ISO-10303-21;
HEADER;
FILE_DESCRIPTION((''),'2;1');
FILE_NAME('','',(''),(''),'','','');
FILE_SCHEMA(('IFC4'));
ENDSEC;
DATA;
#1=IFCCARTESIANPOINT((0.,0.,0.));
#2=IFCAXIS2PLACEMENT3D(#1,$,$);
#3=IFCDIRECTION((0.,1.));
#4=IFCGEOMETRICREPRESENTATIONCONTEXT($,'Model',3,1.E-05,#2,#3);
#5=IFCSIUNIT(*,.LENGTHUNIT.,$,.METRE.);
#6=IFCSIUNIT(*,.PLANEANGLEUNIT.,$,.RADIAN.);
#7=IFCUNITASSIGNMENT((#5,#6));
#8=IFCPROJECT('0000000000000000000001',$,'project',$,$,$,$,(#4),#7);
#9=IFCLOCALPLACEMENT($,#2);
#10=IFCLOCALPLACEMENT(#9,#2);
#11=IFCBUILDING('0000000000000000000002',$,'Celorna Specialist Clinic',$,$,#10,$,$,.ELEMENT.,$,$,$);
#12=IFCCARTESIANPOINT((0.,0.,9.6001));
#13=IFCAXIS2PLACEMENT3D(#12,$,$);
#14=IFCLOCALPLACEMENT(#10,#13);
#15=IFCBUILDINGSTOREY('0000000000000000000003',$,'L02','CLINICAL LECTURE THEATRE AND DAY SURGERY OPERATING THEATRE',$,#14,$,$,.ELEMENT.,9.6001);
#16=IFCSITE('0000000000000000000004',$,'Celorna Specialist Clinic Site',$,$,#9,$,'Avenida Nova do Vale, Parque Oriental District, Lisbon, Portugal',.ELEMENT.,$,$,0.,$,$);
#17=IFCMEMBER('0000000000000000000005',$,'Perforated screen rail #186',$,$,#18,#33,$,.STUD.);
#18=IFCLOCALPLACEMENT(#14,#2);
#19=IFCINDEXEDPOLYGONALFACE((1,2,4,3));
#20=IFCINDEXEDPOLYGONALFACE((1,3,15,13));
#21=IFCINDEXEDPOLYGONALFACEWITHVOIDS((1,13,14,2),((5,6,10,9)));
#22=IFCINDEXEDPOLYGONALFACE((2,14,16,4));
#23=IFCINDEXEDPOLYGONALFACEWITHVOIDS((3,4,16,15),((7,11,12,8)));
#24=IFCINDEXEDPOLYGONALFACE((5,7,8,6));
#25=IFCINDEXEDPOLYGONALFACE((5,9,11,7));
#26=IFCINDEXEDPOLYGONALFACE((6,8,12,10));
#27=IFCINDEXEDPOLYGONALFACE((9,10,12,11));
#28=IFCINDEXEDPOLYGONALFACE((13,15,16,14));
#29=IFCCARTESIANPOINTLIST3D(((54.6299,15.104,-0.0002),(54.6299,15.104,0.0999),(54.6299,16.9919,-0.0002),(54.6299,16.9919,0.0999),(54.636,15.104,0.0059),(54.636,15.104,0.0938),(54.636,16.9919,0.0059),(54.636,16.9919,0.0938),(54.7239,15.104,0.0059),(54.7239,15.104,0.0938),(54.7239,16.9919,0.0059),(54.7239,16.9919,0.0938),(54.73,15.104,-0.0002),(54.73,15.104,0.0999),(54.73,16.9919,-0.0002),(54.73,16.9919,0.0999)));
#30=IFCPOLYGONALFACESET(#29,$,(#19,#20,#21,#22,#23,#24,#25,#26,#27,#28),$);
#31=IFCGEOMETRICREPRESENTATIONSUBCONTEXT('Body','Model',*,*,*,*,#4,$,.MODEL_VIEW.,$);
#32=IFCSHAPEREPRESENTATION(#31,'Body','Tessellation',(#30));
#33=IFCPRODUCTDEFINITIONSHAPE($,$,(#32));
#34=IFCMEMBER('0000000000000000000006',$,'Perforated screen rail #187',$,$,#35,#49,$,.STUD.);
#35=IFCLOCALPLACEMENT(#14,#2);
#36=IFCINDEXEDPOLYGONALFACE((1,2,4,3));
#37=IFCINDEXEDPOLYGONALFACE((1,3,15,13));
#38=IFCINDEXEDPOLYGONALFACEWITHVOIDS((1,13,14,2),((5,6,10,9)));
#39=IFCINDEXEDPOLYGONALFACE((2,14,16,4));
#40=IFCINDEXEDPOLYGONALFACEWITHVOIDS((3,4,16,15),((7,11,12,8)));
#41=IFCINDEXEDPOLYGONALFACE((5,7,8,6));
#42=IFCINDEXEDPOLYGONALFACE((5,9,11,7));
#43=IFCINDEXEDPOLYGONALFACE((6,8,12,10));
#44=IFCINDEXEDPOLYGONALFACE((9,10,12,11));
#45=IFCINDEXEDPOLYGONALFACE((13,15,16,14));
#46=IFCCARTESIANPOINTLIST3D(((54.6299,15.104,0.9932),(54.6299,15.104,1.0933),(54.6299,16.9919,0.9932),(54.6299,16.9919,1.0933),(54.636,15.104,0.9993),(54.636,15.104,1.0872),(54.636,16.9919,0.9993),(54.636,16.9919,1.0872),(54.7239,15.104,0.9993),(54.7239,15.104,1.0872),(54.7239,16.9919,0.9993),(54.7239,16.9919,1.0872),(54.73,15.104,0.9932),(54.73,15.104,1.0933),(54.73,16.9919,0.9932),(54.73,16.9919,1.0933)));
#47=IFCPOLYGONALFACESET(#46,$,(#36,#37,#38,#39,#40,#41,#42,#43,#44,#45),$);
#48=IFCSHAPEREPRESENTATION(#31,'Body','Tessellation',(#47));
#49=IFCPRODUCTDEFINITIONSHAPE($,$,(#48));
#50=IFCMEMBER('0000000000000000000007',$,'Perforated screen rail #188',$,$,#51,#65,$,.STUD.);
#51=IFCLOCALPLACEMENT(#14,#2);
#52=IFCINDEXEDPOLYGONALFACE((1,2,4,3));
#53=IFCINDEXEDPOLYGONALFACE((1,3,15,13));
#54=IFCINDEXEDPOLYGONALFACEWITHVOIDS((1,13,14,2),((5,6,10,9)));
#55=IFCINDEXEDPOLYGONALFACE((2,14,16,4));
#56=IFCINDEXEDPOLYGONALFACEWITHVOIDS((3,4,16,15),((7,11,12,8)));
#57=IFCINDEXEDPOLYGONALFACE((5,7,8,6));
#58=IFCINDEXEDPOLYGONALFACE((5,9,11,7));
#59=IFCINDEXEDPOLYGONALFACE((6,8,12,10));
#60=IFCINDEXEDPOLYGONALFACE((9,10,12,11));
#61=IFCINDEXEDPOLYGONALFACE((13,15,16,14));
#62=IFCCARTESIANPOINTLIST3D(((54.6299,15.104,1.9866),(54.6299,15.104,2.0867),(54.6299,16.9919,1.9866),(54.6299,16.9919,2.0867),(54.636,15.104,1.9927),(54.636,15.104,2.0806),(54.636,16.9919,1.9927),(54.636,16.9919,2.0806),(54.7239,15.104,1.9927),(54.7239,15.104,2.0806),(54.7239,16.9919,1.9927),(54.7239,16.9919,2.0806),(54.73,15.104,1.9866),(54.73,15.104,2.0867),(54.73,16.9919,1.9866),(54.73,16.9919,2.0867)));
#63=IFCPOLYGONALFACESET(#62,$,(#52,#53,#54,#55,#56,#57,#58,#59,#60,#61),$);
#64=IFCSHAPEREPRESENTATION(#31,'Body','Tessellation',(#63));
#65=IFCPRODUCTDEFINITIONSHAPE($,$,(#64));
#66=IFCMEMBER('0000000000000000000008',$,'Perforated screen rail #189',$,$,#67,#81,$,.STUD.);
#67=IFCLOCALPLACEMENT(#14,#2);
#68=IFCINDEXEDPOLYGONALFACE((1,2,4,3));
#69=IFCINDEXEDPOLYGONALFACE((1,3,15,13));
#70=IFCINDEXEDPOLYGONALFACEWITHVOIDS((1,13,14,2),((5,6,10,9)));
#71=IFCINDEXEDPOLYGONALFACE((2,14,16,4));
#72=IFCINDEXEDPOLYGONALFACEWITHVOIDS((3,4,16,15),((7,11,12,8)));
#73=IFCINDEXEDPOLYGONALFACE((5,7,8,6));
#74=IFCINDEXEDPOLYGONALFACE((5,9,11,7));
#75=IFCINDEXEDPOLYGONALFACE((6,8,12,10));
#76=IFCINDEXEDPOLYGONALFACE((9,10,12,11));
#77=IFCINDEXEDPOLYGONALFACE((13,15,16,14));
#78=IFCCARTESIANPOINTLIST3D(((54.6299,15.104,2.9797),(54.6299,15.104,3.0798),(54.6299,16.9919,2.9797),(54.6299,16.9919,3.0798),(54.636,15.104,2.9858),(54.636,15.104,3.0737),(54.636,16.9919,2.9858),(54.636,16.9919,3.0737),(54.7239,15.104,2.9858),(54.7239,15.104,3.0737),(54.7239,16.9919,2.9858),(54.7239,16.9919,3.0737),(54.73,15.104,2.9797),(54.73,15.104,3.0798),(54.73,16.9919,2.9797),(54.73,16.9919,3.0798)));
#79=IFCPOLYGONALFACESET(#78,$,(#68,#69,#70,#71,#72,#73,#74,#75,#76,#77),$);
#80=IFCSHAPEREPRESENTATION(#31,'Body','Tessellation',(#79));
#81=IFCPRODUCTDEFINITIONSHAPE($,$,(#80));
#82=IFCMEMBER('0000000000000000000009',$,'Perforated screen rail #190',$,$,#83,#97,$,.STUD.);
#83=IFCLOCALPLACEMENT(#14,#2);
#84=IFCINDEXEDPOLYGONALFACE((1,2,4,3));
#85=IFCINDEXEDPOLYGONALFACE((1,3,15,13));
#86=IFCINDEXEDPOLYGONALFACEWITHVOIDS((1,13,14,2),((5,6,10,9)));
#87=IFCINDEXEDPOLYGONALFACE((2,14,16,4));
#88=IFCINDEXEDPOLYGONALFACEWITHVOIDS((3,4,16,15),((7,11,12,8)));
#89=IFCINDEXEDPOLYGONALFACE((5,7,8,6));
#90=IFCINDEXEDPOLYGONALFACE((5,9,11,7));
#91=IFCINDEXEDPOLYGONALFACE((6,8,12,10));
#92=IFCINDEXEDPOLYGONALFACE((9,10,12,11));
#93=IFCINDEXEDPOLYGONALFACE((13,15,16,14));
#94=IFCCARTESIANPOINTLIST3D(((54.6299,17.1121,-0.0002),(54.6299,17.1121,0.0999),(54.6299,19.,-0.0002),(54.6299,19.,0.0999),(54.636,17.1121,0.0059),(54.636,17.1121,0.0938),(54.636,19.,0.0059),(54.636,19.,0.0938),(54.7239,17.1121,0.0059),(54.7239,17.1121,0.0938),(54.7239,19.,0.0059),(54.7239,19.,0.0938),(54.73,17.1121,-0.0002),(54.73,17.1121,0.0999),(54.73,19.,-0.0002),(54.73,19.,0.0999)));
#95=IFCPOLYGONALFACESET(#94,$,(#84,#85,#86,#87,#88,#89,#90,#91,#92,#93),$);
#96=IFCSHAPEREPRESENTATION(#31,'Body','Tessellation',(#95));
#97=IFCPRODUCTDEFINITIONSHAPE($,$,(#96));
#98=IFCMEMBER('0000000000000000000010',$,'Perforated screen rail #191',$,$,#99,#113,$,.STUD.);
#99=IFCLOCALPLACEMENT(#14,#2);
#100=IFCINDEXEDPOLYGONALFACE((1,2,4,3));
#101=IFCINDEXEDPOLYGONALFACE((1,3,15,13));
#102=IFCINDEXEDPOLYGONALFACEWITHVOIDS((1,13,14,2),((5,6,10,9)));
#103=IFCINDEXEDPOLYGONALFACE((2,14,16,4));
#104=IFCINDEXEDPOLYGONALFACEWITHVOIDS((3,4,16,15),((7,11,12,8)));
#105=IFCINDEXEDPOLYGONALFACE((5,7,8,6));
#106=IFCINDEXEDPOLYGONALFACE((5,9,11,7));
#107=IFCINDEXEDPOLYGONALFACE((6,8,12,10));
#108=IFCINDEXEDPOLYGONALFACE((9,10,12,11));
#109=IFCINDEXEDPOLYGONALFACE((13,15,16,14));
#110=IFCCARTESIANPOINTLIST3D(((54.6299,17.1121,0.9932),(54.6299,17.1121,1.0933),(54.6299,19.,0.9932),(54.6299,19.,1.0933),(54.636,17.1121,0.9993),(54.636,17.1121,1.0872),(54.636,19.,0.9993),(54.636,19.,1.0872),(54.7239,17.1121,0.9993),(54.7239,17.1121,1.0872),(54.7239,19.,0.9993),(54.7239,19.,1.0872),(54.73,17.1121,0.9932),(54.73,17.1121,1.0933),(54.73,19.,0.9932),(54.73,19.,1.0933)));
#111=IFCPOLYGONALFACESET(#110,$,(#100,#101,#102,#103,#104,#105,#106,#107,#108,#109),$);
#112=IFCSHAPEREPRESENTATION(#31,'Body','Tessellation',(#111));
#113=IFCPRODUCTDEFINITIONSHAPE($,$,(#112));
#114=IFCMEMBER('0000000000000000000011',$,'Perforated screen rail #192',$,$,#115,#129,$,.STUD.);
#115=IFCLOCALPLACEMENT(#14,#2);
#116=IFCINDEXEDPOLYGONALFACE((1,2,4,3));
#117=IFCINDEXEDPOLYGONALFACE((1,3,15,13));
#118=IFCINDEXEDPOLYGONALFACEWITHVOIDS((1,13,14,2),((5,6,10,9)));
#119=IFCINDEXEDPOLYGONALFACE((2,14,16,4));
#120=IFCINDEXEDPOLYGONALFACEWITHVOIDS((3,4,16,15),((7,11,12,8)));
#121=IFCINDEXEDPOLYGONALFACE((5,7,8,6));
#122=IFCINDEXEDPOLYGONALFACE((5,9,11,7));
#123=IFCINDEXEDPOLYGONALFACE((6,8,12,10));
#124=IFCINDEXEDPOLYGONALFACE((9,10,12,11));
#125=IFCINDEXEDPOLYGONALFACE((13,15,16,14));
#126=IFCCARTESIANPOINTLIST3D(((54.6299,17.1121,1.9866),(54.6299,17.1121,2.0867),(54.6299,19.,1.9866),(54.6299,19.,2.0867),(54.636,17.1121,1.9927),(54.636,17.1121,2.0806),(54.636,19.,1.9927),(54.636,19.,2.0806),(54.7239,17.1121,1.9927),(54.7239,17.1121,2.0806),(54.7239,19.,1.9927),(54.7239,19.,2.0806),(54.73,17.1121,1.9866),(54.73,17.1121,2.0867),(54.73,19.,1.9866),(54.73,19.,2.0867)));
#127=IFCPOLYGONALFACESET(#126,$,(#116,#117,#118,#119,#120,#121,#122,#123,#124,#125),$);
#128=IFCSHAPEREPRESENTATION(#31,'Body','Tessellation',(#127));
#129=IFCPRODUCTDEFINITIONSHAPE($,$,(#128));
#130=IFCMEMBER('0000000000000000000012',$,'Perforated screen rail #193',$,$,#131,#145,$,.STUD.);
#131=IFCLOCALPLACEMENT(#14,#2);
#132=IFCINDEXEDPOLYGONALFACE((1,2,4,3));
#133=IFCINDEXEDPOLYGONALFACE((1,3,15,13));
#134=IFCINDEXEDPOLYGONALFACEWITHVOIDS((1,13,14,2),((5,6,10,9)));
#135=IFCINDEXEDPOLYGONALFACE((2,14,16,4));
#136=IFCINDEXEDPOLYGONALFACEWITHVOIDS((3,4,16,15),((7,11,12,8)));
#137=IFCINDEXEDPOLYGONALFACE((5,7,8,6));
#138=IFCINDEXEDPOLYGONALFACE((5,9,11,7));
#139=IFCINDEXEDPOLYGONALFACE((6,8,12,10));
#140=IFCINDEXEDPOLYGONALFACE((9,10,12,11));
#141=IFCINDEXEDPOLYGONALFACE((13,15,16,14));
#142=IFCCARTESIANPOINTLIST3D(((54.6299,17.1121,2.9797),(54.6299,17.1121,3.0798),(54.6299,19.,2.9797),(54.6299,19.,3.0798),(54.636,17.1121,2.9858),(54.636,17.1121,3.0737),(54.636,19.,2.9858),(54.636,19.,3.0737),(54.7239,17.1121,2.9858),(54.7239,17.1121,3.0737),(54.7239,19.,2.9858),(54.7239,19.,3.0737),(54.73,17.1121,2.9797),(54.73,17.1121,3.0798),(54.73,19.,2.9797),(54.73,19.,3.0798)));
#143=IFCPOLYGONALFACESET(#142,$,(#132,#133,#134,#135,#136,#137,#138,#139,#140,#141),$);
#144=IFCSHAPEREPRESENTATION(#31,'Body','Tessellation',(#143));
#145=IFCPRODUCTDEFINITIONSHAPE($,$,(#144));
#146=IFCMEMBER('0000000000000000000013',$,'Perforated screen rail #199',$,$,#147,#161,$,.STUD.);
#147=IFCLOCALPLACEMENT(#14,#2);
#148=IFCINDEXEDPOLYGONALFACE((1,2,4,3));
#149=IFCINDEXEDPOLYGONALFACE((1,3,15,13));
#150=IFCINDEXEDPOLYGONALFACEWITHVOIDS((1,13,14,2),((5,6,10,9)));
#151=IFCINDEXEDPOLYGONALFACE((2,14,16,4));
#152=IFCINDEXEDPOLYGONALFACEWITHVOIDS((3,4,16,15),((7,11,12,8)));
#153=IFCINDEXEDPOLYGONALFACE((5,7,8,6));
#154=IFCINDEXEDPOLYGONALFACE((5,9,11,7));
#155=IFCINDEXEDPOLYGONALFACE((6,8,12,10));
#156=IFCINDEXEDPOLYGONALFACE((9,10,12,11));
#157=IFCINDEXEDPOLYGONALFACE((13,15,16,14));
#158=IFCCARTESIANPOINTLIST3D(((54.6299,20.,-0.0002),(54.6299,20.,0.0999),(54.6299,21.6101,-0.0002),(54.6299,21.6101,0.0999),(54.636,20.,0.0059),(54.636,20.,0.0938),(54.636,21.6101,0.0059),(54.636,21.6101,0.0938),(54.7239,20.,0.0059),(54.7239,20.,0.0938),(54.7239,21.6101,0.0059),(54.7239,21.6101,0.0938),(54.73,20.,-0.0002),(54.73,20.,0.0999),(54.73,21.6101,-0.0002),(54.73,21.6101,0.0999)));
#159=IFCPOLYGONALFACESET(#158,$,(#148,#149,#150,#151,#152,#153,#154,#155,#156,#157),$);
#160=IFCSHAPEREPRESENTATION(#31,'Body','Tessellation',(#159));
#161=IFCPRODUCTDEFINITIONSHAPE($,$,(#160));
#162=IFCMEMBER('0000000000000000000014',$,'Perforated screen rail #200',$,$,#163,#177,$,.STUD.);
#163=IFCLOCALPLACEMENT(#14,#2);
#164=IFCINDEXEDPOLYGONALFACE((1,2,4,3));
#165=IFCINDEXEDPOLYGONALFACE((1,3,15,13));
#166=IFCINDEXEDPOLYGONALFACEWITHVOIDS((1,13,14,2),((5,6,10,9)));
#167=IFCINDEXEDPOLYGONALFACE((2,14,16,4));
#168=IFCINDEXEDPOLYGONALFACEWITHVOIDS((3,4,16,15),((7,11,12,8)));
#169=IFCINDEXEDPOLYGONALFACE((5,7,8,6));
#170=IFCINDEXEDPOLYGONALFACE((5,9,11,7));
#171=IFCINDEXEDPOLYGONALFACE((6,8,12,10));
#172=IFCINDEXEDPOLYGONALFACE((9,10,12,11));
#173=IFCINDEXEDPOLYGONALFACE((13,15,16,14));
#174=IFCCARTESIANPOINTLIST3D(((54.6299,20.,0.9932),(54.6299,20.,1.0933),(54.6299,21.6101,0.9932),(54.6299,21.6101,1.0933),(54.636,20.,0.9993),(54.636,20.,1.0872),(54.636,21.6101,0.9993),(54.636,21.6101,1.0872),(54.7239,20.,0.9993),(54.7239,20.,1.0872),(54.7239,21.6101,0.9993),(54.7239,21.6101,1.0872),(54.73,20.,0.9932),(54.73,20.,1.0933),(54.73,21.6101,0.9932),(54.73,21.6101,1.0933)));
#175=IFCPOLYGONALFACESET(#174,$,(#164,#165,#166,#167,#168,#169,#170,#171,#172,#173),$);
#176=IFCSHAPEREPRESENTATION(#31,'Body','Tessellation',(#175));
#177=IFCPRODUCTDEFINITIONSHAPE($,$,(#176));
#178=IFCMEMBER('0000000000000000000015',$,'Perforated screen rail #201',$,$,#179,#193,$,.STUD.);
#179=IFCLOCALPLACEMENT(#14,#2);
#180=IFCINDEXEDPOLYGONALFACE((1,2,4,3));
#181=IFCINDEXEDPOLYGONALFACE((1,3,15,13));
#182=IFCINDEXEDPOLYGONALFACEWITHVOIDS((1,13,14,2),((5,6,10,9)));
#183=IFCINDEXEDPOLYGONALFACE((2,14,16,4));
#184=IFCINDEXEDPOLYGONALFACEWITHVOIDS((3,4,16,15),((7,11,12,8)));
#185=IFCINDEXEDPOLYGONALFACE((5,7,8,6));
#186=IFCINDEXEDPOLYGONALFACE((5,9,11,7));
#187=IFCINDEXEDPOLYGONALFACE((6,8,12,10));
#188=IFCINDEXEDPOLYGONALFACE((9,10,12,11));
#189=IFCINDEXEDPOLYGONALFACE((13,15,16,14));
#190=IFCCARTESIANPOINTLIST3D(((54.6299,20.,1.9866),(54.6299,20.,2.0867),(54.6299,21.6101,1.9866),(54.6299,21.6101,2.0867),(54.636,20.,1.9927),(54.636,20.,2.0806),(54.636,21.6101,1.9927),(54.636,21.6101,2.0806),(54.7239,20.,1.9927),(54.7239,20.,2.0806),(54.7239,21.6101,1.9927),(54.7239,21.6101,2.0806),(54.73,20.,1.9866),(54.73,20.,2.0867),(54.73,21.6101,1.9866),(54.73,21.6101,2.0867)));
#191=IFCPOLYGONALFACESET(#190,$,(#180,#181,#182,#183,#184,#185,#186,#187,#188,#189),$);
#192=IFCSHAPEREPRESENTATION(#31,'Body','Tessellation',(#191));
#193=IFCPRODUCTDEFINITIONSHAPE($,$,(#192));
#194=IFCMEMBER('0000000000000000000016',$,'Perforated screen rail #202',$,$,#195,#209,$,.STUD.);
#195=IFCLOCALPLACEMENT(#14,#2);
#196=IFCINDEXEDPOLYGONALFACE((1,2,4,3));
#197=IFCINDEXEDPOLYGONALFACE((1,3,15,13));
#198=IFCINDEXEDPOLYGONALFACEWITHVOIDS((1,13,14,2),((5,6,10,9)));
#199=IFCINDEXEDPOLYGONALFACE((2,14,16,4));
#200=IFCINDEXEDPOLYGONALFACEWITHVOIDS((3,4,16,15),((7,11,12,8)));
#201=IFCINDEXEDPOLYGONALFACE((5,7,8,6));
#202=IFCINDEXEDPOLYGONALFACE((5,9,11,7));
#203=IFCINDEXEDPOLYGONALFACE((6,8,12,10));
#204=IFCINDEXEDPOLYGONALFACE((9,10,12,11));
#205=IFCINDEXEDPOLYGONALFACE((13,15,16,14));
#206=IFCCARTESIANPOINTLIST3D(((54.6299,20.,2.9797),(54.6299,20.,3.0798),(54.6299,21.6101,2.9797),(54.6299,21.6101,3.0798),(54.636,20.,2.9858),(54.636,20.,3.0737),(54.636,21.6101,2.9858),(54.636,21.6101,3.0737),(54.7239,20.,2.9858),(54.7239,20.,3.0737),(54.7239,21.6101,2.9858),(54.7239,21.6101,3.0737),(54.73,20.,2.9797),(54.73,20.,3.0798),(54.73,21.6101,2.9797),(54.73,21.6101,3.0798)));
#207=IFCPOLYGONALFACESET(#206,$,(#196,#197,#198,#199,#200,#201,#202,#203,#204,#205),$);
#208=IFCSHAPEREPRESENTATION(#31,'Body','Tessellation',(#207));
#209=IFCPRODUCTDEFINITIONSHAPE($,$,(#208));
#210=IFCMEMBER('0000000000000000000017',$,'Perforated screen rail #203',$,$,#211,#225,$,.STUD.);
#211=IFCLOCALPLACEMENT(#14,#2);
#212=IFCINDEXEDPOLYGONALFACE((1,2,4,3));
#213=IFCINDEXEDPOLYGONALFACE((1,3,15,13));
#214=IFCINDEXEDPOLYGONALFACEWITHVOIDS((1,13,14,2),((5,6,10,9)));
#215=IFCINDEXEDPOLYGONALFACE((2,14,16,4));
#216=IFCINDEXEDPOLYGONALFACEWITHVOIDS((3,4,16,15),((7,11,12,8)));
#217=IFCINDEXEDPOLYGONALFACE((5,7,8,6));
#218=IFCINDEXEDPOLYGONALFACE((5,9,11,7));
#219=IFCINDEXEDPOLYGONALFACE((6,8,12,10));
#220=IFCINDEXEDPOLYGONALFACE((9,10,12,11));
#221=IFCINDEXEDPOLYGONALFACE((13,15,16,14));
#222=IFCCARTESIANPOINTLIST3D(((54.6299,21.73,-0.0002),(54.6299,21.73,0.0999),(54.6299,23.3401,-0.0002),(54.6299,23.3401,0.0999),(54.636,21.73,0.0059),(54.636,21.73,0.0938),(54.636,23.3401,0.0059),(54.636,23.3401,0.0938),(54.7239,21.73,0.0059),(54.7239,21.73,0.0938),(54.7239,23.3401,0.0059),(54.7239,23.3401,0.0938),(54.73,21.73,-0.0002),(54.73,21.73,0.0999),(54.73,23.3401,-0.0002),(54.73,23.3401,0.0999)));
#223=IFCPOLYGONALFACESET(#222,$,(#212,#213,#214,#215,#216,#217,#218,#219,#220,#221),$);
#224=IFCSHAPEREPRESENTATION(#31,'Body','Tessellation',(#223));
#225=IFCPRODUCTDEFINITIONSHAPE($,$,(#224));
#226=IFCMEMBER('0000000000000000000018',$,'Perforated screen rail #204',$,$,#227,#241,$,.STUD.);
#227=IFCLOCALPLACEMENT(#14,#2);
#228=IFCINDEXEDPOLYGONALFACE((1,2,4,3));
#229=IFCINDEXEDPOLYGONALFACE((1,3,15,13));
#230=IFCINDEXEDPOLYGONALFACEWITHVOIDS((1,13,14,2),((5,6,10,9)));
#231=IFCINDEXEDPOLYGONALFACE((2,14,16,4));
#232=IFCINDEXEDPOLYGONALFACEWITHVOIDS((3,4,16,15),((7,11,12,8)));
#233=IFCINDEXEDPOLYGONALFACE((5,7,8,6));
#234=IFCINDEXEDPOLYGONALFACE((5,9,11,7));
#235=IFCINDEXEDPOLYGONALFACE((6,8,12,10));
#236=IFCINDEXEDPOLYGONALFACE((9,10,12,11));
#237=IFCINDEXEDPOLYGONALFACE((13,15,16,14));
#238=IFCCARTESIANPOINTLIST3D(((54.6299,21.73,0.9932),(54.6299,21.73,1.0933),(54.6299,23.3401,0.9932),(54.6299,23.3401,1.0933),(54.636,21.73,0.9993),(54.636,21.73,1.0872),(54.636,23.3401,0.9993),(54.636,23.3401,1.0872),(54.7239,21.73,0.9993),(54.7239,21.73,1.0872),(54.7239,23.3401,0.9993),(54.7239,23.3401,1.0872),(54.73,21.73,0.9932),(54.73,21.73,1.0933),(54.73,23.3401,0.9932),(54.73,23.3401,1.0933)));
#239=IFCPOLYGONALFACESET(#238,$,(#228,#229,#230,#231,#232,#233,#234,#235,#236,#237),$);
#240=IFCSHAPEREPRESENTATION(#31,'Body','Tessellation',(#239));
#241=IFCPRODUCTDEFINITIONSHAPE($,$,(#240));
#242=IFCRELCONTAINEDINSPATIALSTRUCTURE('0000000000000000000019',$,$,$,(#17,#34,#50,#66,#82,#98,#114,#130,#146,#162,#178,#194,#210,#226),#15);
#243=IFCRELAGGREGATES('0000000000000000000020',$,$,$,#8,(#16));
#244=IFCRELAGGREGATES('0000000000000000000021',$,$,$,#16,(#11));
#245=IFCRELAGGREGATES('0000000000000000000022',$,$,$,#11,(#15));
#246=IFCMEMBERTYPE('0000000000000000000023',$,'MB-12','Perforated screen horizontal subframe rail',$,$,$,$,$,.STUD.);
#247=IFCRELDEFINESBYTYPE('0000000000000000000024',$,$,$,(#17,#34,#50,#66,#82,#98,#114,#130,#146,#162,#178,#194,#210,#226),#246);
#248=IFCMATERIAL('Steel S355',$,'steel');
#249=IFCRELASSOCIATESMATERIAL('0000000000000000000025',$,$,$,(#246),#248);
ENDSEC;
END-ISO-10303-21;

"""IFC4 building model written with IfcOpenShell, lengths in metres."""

from ifc_helpers import new_model, si_unit, direction, frame, origin, origin_2d, place, context, subcontext, project, spatial, hollow_rectangle, extrude, material, material_profile, profile_set, type_object, element, save


model = new_model("IFC4")

# Units and contexts
model_context = context("Model", 3, precision=1e-05, world=origin(), true_north=direction((0.0, 1.0)))
body_context = subcontext(model_context, "Body", "Model", "MODEL_VIEW")
ifc_project = project(units=[si_unit("LENGTHUNIT", "METRE"), si_unit("PLANEANGLEUNIT", "RADIAN")], contexts=[model_context])

# Site, building, storey
site_placement = place(None, origin())
site = spatial("IfcSite", under=ifc_project, at=site_placement, Name="Celorna Specialist Clinic Site", LongName="Avenida Nova do Vale, Parque Oriental District, Lisbon, Portugal", CompositionType="ELEMENT", RefElevation=0.0)
building_placement = place(site_placement, origin())
building = spatial("IfcBuilding", under=site, at=building_placement, Name="Celorna Specialist Clinic", CompositionType="ELEMENT")
storey_placement = place(building_placement, frame((0.0, 0.0, 9.6001)))
storey = spatial("IfcBuildingStorey", under=building, at=storey_placement, Name="L02", Description="CLINICAL LECTURE THEATRE AND DAY SURGERY OPERATING THEATRE", CompositionType="ELEMENT", Elevation=9.6001)

# Shared definitions
ifc_material_1 = material(Name="Steel S355", Category="steel")

# Members
ifc_material_profile_1 = material_profile(ifc_material_1, hollow_rectangle(XDim=0.1001, YDim=0.1001, WallThickness=0.0061, at=origin_2d()), Name="SHS 100x100x6")
ifc_profile_set_1 = profile_set([ifc_material_profile_1], Name="Steel S355")
member_type_1 = type_object("IfcMemberType", Name="MB-12", Description="Perforated screen horizontal subframe rail", PredefinedType="STUD", material=ifc_profile_set_1)
for number, where, z_axis, x_axis, name in (
    (1, (54.6799, 15.104, 0.0498), (0.0, 1.0, 0.0), (-1.0, 0.0, 0.0), "Perforated screen rail #186"),
    (2, (54.6799, 15.104, 1.0432), (0.0, 1.0, 0.0), (-1.0, 0.0, 0.0), "Perforated screen rail #187"),
    (3, (54.6799, 15.104, 2.0366), (0.0, 1.0, 0.0), (-1.0, 0.0, 0.0), "Perforated screen rail #188"),
    (4, (54.6799, 15.104, 3.0298), (0.0, 1.0, 0.0), (-1.0, 0.0, 0.0), "Perforated screen rail #189"),
    (5, (54.6799, 17.1121, 0.0498), (0.0, 1.0, 0.0), (-1.0, 0.0, 0.0), "Perforated screen rail #190"),
    (6, (54.6799, 17.1121, 1.0432), (0.0, 1.0, 0.0), (-1.0, 0.0, 0.0), "Perforated screen rail #191"),
    (7, (54.6799, 17.1121, 2.0366), (0.0, 1.0, 0.0), (-1.0, 0.0, 0.0), "Perforated screen rail #192"),
    (8, (54.6799, 17.1121, 3.0298), (0.0, 1.0, 0.0), (-1.0, 0.0, 0.0), "Perforated screen rail #193"),
):
    element("IfcMember", number, at=place(storey_placement, frame(where, z_axis=z_axis, x_axis=x_axis)), inside=storey, type_object=member_type_1, Name=name, PredefinedType="STUD", context=body_context, shape_type="SweptSolid", body=[
        extrude(hollow_rectangle(XDim=0.1001, YDim=0.1001, WallThickness=0.0061, at=origin_2d()), origin(), (0.0, 0.0, 1.0), 1.8879),
    ])
for number, where, z_axis, x_axis, name in (
    (9, (54.6799, 20.0, 0.0498), (0.0, 1.0, 0.0), (-1.0, 0.0, 0.0), "Perforated screen rail #199"),
    (10, (54.6799, 20.0, 1.0432), (0.0, 1.0, 0.0), (-1.0, 0.0, 0.0), "Perforated screen rail #200"),
    (11, (54.6799, 20.0, 2.0366), (0.0, 1.0, 0.0), (-1.0, 0.0, 0.0), "Perforated screen rail #201"),
    (12, (54.6799, 20.0, 3.0298), (0.0, 1.0, 0.0), (-1.0, 0.0, 0.0), "Perforated screen rail #202"),
    (13, (54.6799, 21.73, 0.0498), (0.0, 1.0, 0.0), (-1.0, 0.0, 0.0), "Perforated screen rail #203"),
    (14, (54.6799, 21.73, 1.0432), (0.0, 1.0, 0.0), (-1.0, 0.0, 0.0), "Perforated screen rail #204"),
):
    element("IfcMember", number, at=place(storey_placement, frame(where, z_axis=z_axis, x_axis=x_axis)), inside=storey, type_object=member_type_1, Name=name, PredefinedType="STUD", context=body_context, shape_type="SweptSolid", body=[
        extrude(hollow_rectangle(XDim=0.1001, YDim=0.1001, WallThickness=0.0061, at=origin_2d()), origin(), (0.0, 0.0, 1.0), 1.6101),
    ])

save(model, "model.ifc")
